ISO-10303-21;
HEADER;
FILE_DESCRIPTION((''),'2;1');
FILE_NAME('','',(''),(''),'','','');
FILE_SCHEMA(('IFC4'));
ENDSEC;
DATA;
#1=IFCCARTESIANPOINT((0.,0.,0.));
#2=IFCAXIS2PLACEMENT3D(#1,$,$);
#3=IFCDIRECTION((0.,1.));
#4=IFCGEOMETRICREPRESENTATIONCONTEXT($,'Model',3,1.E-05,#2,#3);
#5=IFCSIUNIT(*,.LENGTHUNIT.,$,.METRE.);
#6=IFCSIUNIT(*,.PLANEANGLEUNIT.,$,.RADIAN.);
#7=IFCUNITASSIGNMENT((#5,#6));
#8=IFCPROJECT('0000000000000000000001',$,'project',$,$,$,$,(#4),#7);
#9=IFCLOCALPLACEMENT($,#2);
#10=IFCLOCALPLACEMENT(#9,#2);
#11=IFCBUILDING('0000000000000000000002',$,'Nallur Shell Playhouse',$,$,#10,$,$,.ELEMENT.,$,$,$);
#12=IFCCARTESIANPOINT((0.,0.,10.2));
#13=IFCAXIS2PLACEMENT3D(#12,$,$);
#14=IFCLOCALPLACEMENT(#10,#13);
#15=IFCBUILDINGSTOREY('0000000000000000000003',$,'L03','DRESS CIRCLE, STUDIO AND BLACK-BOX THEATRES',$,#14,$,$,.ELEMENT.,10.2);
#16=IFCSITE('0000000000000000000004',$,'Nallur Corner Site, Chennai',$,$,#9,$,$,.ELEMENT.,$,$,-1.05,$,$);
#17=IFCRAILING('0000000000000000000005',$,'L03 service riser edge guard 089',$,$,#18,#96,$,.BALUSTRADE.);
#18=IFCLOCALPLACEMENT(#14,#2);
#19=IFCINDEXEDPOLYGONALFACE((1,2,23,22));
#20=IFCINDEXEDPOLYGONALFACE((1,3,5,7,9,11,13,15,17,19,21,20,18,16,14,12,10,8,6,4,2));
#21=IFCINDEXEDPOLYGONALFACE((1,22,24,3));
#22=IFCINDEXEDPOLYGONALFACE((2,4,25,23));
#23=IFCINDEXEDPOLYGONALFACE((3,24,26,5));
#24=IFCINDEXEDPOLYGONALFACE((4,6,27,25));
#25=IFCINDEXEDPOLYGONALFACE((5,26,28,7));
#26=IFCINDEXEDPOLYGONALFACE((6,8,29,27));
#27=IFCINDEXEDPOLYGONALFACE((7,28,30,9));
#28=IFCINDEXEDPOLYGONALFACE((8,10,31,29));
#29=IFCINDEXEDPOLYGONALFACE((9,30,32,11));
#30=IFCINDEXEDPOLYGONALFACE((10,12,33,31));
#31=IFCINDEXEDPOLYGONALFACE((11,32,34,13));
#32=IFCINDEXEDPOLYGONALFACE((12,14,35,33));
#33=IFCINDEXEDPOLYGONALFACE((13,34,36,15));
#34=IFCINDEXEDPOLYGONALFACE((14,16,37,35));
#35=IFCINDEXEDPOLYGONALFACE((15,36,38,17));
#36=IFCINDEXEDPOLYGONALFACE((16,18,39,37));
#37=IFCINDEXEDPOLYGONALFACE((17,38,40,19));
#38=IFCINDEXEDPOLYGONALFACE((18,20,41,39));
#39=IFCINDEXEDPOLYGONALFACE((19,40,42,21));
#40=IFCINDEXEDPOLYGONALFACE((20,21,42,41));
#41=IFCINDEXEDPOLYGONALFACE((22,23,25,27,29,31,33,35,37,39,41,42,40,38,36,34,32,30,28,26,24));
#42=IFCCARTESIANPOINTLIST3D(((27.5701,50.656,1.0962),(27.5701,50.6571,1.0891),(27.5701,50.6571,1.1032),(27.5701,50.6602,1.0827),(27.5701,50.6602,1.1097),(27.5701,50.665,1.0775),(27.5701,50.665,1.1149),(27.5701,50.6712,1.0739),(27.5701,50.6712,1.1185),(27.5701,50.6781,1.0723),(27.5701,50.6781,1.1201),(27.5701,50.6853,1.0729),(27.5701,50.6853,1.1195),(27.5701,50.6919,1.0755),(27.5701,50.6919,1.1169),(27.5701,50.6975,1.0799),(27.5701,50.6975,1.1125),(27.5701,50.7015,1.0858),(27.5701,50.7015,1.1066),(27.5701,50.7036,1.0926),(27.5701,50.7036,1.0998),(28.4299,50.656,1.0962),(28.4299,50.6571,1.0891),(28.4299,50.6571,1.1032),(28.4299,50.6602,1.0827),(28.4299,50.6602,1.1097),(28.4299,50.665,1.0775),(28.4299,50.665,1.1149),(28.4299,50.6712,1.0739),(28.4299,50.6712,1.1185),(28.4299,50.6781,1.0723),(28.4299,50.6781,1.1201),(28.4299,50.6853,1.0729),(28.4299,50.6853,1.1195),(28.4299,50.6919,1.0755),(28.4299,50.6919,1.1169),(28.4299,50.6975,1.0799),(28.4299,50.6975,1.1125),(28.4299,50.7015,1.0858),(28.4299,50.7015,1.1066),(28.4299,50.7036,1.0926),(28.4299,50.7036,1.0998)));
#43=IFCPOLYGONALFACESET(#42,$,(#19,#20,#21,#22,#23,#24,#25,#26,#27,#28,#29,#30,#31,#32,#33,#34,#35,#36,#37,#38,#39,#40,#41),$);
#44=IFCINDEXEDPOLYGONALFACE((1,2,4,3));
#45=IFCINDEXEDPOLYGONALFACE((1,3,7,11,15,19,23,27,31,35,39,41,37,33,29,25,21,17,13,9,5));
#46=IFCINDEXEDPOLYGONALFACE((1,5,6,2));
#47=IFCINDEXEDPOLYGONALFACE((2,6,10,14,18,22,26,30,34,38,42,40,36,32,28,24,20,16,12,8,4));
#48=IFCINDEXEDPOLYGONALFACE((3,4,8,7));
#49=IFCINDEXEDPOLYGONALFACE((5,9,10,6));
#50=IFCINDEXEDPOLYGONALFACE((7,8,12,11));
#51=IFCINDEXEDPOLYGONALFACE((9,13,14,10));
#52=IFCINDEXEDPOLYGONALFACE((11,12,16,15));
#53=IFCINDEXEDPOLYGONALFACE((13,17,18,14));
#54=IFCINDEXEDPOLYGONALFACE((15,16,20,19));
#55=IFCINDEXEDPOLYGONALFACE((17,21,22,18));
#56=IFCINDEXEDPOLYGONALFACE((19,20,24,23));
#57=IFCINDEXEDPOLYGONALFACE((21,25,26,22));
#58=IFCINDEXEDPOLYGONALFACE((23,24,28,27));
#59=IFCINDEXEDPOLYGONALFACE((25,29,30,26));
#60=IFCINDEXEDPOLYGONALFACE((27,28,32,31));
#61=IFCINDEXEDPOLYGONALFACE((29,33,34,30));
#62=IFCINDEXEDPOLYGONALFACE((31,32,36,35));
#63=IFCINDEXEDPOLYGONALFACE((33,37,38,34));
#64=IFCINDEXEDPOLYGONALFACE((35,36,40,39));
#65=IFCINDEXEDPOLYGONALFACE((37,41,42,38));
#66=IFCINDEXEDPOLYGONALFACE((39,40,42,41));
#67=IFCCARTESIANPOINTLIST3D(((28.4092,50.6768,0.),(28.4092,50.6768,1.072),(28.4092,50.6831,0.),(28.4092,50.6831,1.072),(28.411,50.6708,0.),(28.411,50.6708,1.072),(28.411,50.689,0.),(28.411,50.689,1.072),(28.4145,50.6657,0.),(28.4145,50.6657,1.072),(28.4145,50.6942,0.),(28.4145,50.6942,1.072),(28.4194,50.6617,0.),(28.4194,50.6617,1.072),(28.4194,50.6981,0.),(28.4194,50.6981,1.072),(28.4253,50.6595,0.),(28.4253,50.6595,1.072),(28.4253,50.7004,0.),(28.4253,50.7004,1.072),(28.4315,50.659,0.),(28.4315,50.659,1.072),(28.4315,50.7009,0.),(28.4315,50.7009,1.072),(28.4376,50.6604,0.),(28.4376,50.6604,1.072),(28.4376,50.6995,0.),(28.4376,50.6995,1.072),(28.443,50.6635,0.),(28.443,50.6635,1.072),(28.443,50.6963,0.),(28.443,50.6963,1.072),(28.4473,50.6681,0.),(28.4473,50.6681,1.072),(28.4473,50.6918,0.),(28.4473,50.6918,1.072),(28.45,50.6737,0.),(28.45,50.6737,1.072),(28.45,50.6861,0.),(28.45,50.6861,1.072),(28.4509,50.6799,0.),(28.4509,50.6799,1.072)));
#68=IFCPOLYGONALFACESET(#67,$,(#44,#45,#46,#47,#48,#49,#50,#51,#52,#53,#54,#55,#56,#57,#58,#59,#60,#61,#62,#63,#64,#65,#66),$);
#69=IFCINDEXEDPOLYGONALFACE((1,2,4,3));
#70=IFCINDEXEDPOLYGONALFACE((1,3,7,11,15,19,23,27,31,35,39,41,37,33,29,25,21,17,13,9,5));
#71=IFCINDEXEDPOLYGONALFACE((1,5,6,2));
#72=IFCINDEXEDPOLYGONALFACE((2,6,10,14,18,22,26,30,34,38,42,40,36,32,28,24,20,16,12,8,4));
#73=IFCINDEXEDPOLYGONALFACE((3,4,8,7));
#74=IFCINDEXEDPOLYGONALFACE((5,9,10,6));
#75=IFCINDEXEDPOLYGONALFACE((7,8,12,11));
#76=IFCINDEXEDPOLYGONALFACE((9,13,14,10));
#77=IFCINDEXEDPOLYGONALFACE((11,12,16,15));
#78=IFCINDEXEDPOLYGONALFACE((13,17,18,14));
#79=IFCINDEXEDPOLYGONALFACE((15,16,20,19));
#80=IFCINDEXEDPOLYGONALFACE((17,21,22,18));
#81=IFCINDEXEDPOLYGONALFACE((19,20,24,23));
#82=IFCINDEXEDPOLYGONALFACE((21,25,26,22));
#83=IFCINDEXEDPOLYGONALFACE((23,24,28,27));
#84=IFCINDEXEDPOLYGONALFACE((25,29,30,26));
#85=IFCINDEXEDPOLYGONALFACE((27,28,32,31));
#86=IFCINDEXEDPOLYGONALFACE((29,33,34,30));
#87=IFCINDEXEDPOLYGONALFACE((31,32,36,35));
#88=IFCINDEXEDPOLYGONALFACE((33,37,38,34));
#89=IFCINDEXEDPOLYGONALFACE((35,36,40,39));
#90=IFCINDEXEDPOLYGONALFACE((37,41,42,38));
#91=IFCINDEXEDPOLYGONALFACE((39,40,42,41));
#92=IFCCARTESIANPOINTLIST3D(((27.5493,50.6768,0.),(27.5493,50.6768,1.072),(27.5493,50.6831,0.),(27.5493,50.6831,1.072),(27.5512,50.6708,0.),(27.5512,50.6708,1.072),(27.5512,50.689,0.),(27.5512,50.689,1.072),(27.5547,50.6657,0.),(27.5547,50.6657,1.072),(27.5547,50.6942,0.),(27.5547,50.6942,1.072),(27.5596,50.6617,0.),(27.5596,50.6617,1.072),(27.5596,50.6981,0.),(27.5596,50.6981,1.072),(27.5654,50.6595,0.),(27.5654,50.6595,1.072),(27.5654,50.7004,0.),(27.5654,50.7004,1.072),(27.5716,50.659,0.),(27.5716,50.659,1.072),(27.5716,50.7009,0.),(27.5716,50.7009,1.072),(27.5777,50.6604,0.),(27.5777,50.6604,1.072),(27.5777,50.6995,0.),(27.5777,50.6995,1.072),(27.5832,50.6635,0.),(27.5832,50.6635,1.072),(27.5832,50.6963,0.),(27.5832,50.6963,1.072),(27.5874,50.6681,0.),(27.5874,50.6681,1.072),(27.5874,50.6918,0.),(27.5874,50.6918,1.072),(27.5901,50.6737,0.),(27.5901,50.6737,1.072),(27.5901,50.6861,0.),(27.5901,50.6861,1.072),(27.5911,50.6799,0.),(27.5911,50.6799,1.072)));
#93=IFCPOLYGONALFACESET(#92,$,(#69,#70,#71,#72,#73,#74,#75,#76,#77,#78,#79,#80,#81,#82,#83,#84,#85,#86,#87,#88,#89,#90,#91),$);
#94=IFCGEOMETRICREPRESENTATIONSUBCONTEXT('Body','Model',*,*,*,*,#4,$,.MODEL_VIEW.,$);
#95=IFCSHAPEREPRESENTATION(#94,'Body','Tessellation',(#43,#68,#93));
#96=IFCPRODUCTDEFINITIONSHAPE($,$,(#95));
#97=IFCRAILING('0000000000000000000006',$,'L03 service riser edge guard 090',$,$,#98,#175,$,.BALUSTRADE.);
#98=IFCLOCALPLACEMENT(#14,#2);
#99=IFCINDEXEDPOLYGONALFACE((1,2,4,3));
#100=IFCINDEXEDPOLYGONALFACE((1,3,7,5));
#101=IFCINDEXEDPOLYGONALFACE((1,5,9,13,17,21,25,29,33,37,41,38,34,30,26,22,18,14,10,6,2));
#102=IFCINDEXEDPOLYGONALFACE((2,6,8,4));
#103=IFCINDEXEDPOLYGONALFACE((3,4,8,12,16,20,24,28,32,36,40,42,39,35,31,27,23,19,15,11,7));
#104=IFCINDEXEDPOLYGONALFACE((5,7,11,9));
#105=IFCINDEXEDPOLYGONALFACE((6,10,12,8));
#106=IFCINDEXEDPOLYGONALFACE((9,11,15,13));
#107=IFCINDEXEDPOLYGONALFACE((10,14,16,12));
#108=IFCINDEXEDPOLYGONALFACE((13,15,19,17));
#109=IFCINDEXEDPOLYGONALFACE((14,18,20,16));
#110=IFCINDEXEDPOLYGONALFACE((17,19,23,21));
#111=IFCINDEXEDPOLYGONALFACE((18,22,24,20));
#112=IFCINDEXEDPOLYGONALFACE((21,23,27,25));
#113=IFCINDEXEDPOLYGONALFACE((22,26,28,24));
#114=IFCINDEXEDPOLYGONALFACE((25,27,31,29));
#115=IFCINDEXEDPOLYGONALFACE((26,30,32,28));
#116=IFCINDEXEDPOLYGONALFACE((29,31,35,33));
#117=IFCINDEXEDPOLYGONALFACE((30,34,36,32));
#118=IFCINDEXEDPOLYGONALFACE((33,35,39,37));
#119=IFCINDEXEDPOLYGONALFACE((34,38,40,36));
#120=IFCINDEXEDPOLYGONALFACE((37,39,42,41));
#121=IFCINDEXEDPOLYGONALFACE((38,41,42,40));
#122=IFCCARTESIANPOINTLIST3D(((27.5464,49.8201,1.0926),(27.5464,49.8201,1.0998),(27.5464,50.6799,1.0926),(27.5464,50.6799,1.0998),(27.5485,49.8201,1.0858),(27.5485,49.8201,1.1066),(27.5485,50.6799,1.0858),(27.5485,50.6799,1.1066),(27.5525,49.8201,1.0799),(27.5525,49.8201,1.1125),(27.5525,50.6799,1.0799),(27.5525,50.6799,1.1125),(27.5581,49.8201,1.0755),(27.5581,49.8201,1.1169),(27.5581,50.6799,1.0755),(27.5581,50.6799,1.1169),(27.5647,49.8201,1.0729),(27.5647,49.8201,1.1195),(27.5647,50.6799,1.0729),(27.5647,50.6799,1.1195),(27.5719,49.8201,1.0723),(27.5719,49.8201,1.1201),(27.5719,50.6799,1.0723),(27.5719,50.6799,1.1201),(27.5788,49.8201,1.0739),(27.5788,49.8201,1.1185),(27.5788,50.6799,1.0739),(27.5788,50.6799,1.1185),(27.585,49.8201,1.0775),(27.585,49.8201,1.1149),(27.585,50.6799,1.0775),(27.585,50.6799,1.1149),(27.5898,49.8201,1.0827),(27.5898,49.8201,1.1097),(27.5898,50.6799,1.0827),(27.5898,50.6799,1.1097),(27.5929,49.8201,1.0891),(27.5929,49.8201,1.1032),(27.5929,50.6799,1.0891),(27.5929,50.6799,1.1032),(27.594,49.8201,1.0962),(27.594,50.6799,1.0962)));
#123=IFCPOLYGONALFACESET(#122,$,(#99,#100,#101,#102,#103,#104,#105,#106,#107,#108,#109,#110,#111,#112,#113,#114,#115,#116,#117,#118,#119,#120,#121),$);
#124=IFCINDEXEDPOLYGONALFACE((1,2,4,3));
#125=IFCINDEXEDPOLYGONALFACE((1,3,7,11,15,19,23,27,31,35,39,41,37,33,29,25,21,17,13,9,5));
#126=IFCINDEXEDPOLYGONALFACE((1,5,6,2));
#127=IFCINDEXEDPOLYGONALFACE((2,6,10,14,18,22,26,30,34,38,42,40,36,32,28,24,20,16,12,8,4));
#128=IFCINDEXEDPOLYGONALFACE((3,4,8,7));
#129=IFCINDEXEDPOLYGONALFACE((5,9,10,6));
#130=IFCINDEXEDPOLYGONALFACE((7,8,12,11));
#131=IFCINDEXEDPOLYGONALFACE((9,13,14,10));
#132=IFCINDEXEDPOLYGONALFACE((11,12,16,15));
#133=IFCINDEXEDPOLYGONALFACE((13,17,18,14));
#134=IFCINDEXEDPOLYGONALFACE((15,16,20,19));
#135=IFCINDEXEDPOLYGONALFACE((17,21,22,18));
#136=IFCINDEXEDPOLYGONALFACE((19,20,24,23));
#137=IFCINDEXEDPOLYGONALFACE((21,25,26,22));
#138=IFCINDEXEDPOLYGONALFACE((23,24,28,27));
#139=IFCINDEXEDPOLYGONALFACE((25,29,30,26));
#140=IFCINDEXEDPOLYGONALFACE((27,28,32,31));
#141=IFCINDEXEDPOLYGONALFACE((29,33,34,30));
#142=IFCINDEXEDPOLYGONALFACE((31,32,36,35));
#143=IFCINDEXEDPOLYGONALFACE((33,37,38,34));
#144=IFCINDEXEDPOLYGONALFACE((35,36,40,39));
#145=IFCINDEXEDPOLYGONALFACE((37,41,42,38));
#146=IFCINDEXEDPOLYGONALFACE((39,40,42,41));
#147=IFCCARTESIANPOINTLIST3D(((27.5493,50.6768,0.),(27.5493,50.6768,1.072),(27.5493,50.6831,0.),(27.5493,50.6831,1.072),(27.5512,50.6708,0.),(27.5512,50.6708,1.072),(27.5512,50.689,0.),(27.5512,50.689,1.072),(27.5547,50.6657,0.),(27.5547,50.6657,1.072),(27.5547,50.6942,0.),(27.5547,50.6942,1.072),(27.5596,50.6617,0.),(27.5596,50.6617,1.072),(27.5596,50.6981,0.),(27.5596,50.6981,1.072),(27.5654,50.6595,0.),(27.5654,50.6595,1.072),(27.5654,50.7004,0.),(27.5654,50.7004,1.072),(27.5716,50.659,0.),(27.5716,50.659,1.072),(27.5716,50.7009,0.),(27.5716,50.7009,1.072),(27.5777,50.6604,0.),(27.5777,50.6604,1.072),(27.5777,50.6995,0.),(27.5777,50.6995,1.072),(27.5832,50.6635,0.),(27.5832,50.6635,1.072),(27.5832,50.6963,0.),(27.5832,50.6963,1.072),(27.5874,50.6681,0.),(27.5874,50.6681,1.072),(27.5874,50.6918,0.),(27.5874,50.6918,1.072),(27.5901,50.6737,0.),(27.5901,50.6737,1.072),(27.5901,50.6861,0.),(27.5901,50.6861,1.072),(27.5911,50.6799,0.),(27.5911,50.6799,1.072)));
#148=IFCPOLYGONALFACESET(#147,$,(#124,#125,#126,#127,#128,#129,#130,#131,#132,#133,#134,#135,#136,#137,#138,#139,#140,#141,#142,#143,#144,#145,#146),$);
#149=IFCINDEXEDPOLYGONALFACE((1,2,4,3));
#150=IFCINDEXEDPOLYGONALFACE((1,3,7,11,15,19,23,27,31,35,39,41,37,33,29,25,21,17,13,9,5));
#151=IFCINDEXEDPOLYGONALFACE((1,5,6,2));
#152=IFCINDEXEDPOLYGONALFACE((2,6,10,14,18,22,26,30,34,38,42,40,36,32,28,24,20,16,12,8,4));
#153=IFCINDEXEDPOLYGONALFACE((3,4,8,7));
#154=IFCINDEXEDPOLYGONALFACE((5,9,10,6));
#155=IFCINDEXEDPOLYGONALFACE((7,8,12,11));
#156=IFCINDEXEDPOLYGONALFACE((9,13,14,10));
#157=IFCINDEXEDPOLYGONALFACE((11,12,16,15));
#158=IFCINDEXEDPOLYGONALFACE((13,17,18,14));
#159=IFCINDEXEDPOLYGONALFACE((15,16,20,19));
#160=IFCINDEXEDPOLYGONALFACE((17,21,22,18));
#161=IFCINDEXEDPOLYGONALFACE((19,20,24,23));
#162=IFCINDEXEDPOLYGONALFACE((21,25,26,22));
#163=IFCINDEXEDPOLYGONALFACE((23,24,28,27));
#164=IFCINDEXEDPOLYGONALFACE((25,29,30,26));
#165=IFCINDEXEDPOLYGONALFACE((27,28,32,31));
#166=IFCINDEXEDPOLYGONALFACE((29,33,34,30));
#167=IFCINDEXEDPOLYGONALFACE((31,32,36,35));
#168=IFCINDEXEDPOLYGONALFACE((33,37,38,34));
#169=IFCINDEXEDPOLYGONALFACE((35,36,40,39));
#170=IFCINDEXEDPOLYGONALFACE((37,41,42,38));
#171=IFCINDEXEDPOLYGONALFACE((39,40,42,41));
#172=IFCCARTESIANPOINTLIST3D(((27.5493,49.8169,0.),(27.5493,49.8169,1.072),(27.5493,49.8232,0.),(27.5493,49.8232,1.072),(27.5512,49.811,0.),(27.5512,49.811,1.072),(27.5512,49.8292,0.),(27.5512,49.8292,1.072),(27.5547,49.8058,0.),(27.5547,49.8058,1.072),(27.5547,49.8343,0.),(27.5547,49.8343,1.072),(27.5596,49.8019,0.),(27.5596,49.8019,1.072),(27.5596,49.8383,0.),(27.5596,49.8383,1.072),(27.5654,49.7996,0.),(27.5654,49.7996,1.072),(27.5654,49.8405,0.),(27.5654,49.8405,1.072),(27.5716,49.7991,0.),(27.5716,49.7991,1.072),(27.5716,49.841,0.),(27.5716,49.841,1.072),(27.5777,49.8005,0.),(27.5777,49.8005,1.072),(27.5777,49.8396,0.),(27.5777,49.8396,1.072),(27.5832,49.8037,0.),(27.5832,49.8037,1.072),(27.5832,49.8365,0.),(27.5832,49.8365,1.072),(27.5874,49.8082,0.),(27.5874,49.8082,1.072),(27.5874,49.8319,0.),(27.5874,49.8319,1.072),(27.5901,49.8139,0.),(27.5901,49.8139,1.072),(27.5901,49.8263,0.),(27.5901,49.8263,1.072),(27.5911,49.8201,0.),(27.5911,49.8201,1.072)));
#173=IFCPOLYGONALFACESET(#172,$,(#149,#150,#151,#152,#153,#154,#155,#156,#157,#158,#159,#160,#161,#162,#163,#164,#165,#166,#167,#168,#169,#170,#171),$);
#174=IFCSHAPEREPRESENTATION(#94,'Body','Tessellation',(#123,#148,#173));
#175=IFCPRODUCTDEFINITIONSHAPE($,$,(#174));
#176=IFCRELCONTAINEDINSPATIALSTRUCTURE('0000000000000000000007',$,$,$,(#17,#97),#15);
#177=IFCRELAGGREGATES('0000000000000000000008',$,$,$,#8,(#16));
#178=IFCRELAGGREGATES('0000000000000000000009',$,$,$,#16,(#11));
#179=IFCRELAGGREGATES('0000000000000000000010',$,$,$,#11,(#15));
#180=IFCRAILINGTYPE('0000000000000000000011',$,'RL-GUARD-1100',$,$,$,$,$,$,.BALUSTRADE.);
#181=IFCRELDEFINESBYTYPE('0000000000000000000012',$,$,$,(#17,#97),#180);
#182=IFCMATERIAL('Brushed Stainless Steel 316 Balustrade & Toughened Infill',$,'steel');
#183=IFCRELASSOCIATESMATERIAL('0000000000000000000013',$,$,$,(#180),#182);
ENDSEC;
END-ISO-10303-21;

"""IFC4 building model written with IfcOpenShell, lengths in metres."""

from ifc_helpers import new_model, si_unit, direction, frame, origin, origin_2d, place, context, subcontext, project, spatial, circle, extrude, material, type_object, element, save


model = new_model("IFC4")

# Units and contexts
model_context = context("Model", 3, precision=1e-05, world=origin(), true_north=direction((0.0, 1.0)))
body_context = subcontext(model_context, "Body", "Model", "MODEL_VIEW")
ifc_project = project(units=[si_unit("LENGTHUNIT", "METRE"), si_unit("PLANEANGLEUNIT", "RADIAN")], contexts=[model_context])

# Site, building, storey
site_placement = place(None, origin())
site = spatial("IfcSite", under=ifc_project, at=site_placement, Name="Nallur Corner Site, Chennai", CompositionType="ELEMENT", RefElevation=-1.05)
building_placement = place(site_placement, origin())
building = spatial("IfcBuilding", under=site, at=building_placement, Name="Nallur Shell Playhouse", CompositionType="ELEMENT")
storey_placement = place(building_placement, frame((0.0, 0.0, 10.2)))
storey = spatial("IfcBuildingStorey", under=building, at=storey_placement, Name="L03", Description="DRESS CIRCLE, STUDIO AND BLACK-BOX THEATRES", CompositionType="ELEMENT", Elevation=10.2)

# Railings
ifc_material_1 = material(Name="Brushed Stainless Steel 316 Balustrade & Toughened Infill", Category="steel")
railing_type = type_object("IfcRailingType", Name="RL-GUARD-1100", PredefinedType="BALUSTRADE", material=ifc_material_1)
railing_1_placement = place(storey_placement, frame((28.4299, 50.6799, 0.0)))
element("IfcRailing", 1, at=railing_1_placement, inside=storey, type_object=railing_type, Name="L03 service riser edge guard 089", PredefinedType="BALUSTRADE", context=body_context, shape_type="SweptSolid", body=[
    extrude(circle(Radius=0.0239, at=origin_2d()), frame((0.0, 0.0, 1.0962), z_axis=(-1.0, 0.0, 0.0), x_axis=(0.0, -1.0, 0.0)), (0.0, 0.0, 1.0), 0.8599),
    extrude(circle(Radius=0.021, at=origin_2d()), origin(), (0.0, 0.0, 1.0), 1.072),
    extrude(circle(Radius=0.021, at=origin_2d()), frame((-0.8599, 0.0, 0.0)), (0.0, 0.0, 1.0), 1.072),
])
railing_2_placement = place(storey_placement, frame((27.5701, 50.6799, 0.0)))
element("IfcRailing", 2, at=railing_2_placement, inside=storey, type_object=railing_type, Name="L03 service riser edge guard 090", PredefinedType="BALUSTRADE", context=body_context, shape_type="SweptSolid", body=[
    extrude(circle(Radius=0.0239, at=origin_2d()), frame((0.0, 0.0, 1.0962), z_axis=(0.0, -1.0, 0.0), x_axis=(1.0, 0.0, 0.0)), (0.0, 0.0, 1.0), 0.8599),
    extrude(circle(Radius=0.021, at=origin_2d()), origin(), (0.0, 0.0, 1.0), 1.072),
    extrude(circle(Radius=0.021, at=origin_2d()), frame((0.0, -0.8599, 0.0)), (0.0, 0.0, 1.0), 1.072),
])

save(model, "model.ifc")
